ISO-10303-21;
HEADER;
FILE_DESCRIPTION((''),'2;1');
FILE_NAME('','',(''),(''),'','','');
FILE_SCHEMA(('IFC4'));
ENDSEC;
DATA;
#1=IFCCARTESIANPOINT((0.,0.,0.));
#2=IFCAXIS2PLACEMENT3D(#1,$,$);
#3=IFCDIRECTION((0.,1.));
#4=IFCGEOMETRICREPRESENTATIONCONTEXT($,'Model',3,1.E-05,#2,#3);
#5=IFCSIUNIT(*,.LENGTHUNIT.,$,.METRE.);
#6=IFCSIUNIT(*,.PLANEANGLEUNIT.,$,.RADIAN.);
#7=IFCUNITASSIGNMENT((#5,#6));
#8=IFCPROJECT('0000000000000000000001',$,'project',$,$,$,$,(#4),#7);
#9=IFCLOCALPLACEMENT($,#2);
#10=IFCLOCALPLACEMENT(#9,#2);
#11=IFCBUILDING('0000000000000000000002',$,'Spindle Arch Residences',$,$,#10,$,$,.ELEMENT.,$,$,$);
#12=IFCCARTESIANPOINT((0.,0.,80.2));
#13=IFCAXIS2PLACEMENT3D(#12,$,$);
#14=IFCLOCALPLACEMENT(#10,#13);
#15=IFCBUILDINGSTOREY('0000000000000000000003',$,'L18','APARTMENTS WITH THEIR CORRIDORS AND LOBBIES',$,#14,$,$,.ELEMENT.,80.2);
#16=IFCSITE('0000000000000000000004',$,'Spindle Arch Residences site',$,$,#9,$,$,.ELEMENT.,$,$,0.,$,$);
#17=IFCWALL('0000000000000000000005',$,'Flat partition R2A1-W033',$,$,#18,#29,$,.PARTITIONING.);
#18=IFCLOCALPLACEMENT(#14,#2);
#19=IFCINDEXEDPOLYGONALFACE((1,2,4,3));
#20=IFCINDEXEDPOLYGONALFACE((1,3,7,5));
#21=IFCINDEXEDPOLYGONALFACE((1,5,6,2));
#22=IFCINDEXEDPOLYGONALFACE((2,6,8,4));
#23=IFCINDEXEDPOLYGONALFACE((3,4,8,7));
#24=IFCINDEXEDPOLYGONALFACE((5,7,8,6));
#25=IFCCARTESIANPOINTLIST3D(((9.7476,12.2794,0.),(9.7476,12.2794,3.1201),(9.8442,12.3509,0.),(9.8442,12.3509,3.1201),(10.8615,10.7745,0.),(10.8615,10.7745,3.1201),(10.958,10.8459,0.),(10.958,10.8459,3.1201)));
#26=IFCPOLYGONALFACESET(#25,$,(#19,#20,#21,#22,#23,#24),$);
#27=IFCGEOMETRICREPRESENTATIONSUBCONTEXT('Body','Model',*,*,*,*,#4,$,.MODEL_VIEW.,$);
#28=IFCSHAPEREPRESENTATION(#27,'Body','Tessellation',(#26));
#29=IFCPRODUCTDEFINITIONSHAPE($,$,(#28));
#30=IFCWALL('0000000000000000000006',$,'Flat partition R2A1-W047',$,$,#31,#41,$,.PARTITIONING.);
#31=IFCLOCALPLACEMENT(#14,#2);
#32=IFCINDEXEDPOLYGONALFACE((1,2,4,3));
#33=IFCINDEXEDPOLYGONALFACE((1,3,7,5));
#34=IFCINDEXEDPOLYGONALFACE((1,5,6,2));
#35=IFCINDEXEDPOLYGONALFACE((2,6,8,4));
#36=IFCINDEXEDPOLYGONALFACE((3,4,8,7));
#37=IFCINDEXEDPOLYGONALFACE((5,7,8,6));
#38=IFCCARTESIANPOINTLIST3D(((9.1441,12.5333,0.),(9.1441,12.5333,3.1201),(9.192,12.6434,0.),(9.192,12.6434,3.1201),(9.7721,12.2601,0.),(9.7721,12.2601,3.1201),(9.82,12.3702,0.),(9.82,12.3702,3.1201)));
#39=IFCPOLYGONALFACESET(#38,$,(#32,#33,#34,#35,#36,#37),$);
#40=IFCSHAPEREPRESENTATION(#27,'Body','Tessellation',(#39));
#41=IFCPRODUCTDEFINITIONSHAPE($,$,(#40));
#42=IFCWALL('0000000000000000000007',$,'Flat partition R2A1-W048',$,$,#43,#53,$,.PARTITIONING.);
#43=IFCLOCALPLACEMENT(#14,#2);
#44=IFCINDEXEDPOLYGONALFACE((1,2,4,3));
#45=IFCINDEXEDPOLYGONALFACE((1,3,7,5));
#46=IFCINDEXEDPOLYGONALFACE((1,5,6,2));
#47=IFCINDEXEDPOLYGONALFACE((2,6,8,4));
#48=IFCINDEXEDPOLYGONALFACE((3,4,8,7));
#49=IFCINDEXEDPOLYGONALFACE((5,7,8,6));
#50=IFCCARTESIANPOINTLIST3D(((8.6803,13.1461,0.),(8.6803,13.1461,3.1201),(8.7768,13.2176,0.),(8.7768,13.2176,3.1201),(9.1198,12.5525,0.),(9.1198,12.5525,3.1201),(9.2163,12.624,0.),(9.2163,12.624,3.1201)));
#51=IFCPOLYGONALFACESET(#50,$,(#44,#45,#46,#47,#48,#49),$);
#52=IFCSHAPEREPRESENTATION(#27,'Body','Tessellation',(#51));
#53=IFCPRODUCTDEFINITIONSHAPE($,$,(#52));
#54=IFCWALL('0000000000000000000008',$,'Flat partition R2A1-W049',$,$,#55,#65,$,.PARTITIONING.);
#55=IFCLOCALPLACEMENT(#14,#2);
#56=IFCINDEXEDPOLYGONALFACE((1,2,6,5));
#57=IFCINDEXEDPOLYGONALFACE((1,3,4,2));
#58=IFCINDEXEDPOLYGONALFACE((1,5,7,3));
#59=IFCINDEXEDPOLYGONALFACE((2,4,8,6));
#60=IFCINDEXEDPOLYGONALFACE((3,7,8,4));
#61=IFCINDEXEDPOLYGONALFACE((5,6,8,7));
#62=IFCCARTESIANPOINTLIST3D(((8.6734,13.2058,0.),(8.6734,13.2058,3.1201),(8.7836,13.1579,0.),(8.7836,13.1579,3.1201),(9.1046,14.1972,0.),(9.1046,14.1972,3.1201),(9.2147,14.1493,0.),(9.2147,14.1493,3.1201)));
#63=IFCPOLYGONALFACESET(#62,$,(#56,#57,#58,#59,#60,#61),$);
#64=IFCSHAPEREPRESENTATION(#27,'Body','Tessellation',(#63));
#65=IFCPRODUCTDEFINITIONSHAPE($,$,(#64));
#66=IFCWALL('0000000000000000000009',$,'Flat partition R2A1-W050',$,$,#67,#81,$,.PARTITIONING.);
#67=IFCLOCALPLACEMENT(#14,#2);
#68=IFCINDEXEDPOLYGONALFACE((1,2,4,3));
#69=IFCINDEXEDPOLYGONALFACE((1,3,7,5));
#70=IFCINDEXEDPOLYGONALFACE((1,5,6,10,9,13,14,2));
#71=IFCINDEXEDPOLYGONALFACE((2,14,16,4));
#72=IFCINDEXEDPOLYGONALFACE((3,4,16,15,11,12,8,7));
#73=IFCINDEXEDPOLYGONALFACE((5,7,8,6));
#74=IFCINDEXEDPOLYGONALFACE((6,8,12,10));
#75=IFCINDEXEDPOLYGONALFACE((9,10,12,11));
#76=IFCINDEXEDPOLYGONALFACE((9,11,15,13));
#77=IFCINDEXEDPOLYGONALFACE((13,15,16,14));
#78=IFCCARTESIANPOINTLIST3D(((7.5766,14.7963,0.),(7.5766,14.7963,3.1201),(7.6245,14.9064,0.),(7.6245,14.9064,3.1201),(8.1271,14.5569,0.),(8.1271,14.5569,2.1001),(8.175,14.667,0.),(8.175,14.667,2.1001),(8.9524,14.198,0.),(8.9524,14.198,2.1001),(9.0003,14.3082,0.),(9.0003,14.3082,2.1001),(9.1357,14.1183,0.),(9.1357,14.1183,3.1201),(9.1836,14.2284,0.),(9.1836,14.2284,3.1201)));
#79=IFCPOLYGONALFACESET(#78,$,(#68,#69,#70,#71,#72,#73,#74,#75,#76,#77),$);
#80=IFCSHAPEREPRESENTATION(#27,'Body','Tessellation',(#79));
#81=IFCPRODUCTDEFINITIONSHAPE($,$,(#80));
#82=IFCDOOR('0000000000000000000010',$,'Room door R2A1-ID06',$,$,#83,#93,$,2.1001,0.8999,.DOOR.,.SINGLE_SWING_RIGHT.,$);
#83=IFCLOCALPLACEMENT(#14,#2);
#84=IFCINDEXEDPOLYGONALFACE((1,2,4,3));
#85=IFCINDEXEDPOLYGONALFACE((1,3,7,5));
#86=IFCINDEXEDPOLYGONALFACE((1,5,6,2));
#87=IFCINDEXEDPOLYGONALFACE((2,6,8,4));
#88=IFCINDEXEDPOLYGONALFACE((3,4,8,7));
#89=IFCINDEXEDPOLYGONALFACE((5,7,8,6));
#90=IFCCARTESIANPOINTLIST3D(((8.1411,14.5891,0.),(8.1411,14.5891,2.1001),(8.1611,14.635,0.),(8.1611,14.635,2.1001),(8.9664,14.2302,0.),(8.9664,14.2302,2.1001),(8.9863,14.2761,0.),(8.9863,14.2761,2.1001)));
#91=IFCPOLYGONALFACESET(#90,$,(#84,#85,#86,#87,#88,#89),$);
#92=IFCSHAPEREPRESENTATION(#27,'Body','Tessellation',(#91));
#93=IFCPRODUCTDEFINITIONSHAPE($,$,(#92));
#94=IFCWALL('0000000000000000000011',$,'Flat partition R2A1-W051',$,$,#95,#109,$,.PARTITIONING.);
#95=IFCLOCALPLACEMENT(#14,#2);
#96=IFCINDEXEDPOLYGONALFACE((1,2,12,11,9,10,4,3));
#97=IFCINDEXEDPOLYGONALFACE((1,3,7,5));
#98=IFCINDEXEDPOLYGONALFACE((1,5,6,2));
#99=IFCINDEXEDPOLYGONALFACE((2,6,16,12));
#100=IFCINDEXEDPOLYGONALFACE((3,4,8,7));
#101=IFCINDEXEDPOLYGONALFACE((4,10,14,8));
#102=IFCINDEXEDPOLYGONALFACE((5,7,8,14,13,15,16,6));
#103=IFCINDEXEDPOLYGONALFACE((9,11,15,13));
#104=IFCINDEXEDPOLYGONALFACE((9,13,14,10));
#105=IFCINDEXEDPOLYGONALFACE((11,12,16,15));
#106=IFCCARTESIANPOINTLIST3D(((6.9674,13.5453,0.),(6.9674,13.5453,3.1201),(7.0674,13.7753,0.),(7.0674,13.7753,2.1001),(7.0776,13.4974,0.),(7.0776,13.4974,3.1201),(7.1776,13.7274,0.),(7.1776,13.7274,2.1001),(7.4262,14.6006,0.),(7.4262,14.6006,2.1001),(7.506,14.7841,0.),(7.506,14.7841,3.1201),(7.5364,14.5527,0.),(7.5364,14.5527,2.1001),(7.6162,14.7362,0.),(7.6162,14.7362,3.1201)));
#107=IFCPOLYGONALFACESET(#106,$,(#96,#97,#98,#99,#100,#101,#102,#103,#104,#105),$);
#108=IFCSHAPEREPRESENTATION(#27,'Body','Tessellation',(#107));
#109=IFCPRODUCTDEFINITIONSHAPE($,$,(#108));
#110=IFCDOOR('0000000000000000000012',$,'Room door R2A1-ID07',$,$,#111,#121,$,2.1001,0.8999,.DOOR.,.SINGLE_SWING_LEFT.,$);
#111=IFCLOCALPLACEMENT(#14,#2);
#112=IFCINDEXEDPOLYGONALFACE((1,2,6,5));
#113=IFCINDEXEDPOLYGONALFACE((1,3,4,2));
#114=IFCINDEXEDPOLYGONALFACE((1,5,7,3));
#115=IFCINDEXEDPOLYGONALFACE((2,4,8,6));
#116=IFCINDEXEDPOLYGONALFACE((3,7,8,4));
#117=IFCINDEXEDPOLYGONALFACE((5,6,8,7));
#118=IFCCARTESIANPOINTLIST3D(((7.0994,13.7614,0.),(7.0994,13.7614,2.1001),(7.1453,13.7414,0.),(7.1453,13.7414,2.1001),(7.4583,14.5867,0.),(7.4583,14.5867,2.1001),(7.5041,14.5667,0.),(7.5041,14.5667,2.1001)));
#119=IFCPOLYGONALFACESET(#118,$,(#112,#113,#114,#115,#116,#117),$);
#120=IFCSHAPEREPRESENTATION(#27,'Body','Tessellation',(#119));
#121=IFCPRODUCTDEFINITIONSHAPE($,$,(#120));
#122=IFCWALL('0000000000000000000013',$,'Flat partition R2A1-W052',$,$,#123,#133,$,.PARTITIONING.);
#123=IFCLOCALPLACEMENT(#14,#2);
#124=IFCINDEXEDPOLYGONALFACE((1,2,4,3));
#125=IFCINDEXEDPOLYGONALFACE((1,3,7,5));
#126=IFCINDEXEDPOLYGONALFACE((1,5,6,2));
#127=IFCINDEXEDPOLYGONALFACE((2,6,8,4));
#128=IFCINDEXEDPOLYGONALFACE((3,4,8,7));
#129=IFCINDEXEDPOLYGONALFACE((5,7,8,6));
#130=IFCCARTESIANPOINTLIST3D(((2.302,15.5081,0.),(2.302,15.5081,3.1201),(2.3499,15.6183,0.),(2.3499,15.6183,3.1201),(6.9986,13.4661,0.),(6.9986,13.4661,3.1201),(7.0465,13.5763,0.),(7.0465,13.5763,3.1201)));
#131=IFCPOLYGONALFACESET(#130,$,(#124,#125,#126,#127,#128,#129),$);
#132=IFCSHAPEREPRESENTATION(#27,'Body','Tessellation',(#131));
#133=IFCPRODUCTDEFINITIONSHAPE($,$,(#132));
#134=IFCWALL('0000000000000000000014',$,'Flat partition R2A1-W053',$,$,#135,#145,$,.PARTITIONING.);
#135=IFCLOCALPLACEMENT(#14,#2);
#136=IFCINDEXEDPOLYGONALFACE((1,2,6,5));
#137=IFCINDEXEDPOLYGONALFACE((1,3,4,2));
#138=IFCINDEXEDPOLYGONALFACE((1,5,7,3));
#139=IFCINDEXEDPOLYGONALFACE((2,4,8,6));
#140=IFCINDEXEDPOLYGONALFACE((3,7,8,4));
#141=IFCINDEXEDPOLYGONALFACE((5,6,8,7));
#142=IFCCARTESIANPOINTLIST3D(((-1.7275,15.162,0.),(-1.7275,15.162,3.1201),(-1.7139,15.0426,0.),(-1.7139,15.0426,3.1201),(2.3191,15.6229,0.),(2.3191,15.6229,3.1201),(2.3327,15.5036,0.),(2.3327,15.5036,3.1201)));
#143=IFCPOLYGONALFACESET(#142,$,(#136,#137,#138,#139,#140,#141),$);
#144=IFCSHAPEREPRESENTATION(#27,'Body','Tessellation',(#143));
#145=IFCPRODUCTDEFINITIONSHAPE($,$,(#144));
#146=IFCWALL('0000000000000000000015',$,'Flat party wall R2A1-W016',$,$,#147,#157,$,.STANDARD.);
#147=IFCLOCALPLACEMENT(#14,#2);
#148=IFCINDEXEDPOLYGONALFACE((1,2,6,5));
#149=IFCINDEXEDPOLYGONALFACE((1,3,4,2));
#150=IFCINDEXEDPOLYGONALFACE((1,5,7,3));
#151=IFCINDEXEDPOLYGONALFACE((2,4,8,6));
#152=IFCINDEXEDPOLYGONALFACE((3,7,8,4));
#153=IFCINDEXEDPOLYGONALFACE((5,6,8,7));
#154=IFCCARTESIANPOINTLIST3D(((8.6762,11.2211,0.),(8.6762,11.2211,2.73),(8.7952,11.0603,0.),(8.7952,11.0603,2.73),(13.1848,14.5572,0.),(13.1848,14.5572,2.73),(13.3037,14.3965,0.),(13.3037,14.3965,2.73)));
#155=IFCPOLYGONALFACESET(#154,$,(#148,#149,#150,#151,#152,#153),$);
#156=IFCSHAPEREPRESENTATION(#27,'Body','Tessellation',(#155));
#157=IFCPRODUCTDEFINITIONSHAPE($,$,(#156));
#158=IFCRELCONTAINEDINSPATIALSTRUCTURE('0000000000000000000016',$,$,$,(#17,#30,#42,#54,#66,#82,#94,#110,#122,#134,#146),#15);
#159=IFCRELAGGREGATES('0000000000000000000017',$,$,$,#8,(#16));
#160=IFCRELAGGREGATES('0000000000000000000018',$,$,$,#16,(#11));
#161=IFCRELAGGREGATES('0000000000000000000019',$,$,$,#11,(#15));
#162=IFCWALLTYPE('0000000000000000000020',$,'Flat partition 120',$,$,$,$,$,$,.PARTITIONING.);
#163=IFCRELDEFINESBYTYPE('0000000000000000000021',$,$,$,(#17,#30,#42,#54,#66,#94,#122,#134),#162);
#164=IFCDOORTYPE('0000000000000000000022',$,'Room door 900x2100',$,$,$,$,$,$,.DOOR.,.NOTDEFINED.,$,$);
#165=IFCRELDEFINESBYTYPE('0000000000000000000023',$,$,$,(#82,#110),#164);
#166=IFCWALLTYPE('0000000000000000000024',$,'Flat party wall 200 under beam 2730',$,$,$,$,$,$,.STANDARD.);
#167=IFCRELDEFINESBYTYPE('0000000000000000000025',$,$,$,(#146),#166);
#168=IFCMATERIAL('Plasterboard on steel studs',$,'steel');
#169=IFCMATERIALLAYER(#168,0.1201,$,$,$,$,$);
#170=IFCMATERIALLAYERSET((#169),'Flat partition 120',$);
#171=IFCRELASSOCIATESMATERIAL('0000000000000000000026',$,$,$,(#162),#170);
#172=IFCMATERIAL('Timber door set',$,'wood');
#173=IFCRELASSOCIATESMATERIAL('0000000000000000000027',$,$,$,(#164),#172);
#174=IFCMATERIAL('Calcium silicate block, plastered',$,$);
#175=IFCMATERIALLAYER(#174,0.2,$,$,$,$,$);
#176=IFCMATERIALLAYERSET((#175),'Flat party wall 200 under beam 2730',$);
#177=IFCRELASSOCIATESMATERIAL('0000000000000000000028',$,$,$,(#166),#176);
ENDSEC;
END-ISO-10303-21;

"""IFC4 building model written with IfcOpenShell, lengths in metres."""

from ifc_helpers import new_model, si_unit, direction, frame, frame_2d, origin, place, context, subcontext, project, spatial, rectangle, extrude, material, layer, layer_set, type_object, element, fill, save


model = new_model("IFC4")

# Units and contexts
model_context = context("Model", 3, precision=1e-05, world=origin(), true_north=direction((0.0, 1.0)))
body_context = subcontext(model_context, "Body", "Model", "MODEL_VIEW")
ifc_project = project(units=[si_unit("LENGTHUNIT", "METRE"), si_unit("PLANEANGLEUNIT", "RADIAN")], contexts=[model_context])

# Site, building, storey
site_placement = place(None, origin())
site = spatial("IfcSite", under=ifc_project, at=site_placement, Name="Spindle Arch Residences site", CompositionType="ELEMENT", RefElevation=0.0)
building_placement = place(site_placement, origin())
building = spatial("IfcBuilding", under=site, at=building_placement, Name="Spindle Arch Residences", CompositionType="ELEMENT")
storey_placement = place(building_placement, frame((0.0, 0.0, 80.2)))
storey = spatial("IfcBuildingStorey", under=building, at=storey_placement, Name="L18", Description="APARTMENTS WITH THEIR CORRIDORS AND LOBBIES", CompositionType="ELEMENT", Elevation=80.2)

# Walls
ifc_material_1 = material(Name="Plasterboard on steel studs", Category="steel")
ifc_layer_1 = layer(ifc_material_1, 0.1201)
ifc_layer_set_1 = layer_set([ifc_layer_1], Name="Flat partition 120")
wall_type_1 = type_object("IfcWallType", Name="Flat partition 120", PredefinedType="PARTITIONING", material=ifc_layer_set_1)
wall_1_placement = place(storey_placement, frame((10.9097, 10.8103, 0.0), z_axis=(0.0, 0.0, 1.0), x_axis=(-0.594897, 0.803802, 0.0)))
element("IfcWall", 1, at=wall_1_placement, inside=storey, type_object=wall_type_1, Name="Flat partition R2A1-W033", PredefinedType="PARTITIONING", context=body_context, shape_type="SweptSolid", body=[
    extrude(rectangle(XDim=1.8723, YDim=0.1201, at=frame_2d((0.936, 0.0))), origin(), (0.0, 0.0, 1.0), 3.1201),
])
wall_2_placement = place(storey_placement, frame((9.7959, 12.3152, 0.0), z_axis=(0.0, 0.0, 1.0), x_axis=(-0.916974, 0.398948, 0.0)))
element("IfcWall", 2, at=wall_2_placement, inside=storey, type_object=wall_type_1, Name="Flat partition R2A1-W047", PredefinedType="PARTITIONING", context=body_context, shape_type="SweptSolid", body=[
    extrude(rectangle(XDim=0.6848, YDim=0.1201, at=frame_2d((0.3423, 0.0))), origin(), (0.0, 0.0, 1.0), 3.1201),
])
wall_3_placement = place(storey_placement, frame((9.168, 12.5884, 0.0), z_axis=(0.0, 0.0, 1.0), x_axis=(-0.595069, 0.803674, 0.0)))
element("IfcWall", 3, at=wall_3_placement, inside=storey, type_object=wall_type_1, Name="Flat partition R2A1-W048", PredefinedType="PARTITIONING", context=body_context, shape_type="SweptSolid", body=[
    extrude(rectangle(XDim=0.7385, YDim=0.1201, at=frame_2d((0.3691, 0.0))), origin(), (0.0, 0.0, 1.0), 3.1201),
])
wall_4_placement = place(storey_placement, frame((8.7285, 13.1819, 0.0), z_axis=(0.0, 0.0, 1.0), x_axis=(0.398792, 0.917041, 0.0)))
element("IfcWall", 4, at=wall_4_placement, inside=storey, type_object=wall_type_1, Name="Flat partition R2A1-W049", PredefinedType="PARTITIONING", context=body_context, shape_type="SweptSolid", body=[
    extrude(rectangle(XDim=1.0811, YDim=0.1201, at=frame_2d((0.5405, 0.0))), origin(), (0.0, 0.0, 1.0), 3.1201),
])

# Walls, openings, doors
wall_5_placement = place(storey_placement, frame((9.1597, 14.1733, 0.0), z_axis=(0.0, 0.0, 1.0), x_axis=(-0.917045, 0.398784, 0.0)))
wall_5 = element("IfcWall", 5, at=wall_5_placement, inside=storey, type_object=wall_type_1, Name="Flat partition R2A1-W050", PredefinedType="PARTITIONING", context=body_context, shape_type="SweptSolid", body=[
    extrude(rectangle(XDim=1.7002, YDim=0.1201, at=frame_2d((0.8501, 0.0))), origin(), (0.0, 0.0, 1.0), 3.1201),
])
opening_1_placement = place(wall_5_placement, frame((0.2, 0.0, 0.0)))
opening_1 = element("IfcOpeningElement", 6, at=opening_1_placement, cuts=wall_5, PredefinedType="OPENING", context=body_context, shape_type="SweptSolid", body=[
    extrude(rectangle(XDim=0.8999, YDim=2.1001, at=frame_2d((0.45, 1.05))), frame((0.0, 0.0701, 0.0), z_axis=(0.0, -1.0, 0.0), x_axis=(1.0, 0.0, 0.0)), (0.0, 0.0, 1.0), 0.1401),
])
ifc_material_2 = material(Name="Timber door set", Category="wood")
door_type_1 = type_object("IfcDoorType", Name="Room door 900x2100", OperationType="NOTDEFINED", PredefinedType="DOOR", material=ifc_material_2)
door_1_placement = place(opening_1_placement, origin())
door_1 = element("IfcDoor", 7, at=door_1_placement, inside=storey, type_object=door_type_1, Name="Room door R2A1-ID06", OperationType="SINGLE_SWING_RIGHT", OverallHeight=2.1001, OverallWidth=0.8999, PredefinedType="DOOR", context=body_context, shape_type="SweptSolid", body=[
    extrude(rectangle(XDim=0.8999, YDim=2.1001, at=frame_2d((0.45, 1.05))), frame((0.0, 0.0249, 0.0), z_axis=(0.0, -1.0, 0.0), x_axis=(1.0, 0.0, 0.0)), (0.0, 0.0, 1.0), 0.05),
])
fill(opening_1, door_1)
wall_6_placement = place(storey_placement, frame((7.561, 14.76, 0.0), z_axis=(0.0, 0.0, 1.0), x_axis=(-0.398713, -0.917076, 0.0)))
wall_6 = element("IfcWall", 8, at=wall_6_placement, inside=storey, type_object=wall_type_1, Name="Flat partition R2A1-W051", PredefinedType="PARTITIONING", context=body_context, shape_type="SweptSolid", body=[
    extrude(rectangle(XDim=1.3508, YDim=0.1201, at=frame_2d((0.6753, 0.0))), origin(), (0.0, 0.0, 1.0), 3.1201),
])
opening_2_placement = place(wall_6_placement, frame((0.2, 0.0, 0.0)))
opening_2 = element("IfcOpeningElement", 9, at=opening_2_placement, cuts=wall_6, PredefinedType="OPENING", context=body_context, shape_type="SweptSolid", body=[
    extrude(rectangle(XDim=0.8999, YDim=2.1001, at=frame_2d((0.45, 1.05))), frame((0.0, 0.0701, 0.0), z_axis=(0.0, -1.0, 0.0), x_axis=(1.0, 0.0, 0.0)), (0.0, 0.0, 1.0), 0.1401),
])
door_2_placement = place(opening_2_placement, origin())
door_2 = element("IfcDoor", 10, at=door_2_placement, inside=storey, type_object=door_type_1, Name="Room door R2A1-ID07", OperationType="SINGLE_SWING_LEFT", OverallHeight=2.1001, OverallWidth=0.8999, PredefinedType="DOOR", context=body_context, shape_type="SweptSolid", body=[
    extrude(rectangle(XDim=0.8999, YDim=2.1001, at=frame_2d((0.45, 1.05))), frame((0.0, 0.0249, 0.0), z_axis=(0.0, -1.0, 0.0), x_axis=(1.0, 0.0, 0.0)), (0.0, 0.0, 1.0), 0.05),
])
fill(opening_2, door_2)

# Walls
wall_7_placement = place(storey_placement, frame((7.0225, 13.5212, 0.0), z_axis=(0.0, 0.0, 1.0), x_axis=(-0.917069, 0.39873, 0.0)))
element("IfcWall", 11, at=wall_7_placement, inside=storey, type_object=wall_type_1, Name="Flat partition R2A1-W052", PredefinedType="PARTITIONING", context=body_context, shape_type="SweptSolid", body=[
    extrude(rectangle(XDim=5.1213, YDim=0.1201, at=frame_2d((2.5605, 0.0))), origin(), (0.0, 0.0, 1.0), 3.1201),
])
wall_8_placement = place(storey_placement, frame((2.3259, 15.5632, 0.0), z_axis=(0.0, 0.0, 1.0), x_axis=(-0.993575, -0.113175, 0.0)))
element("IfcWall", 12, at=wall_8_placement, inside=storey, type_object=wall_type_1, Name="Flat partition R2A1-W053", PredefinedType="PARTITIONING", context=body_context, shape_type="SweptSolid", body=[
    extrude(rectangle(XDim=4.0728, YDim=0.1201, at=frame_2d((2.0364, 0.0))), origin(), (0.0, 0.0, 1.0), 3.1201),
])
ifc_material_3 = material(Name="Calcium silicate block, plastered")
ifc_layer_2 = layer(ifc_material_3, 0.2)
ifc_layer_set_2 = layer_set([ifc_layer_2], Name="Flat party wall 200 under beam 2730")
wall_type_2 = type_object("IfcWallType", Name="Flat party wall 200 under beam 2730", PredefinedType="STANDARD", material=ifc_layer_set_2)
wall_9_placement = place(storey_placement, frame((13.2441, 14.4768, 0.0), z_axis=(0.0, 0.0, 1.0), x_axis=(-0.803854, -0.594827, 0.0)))
element("IfcWall", 13, at=wall_9_placement, inside=storey, type_object=wall_type_2, Name="Flat party wall R2A1-W016", PredefinedType="STANDARD", context=body_context, shape_type="SweptSolid", body=[
    extrude(rectangle(XDim=5.6086, YDim=0.2, at=frame_2d((2.8042, 0.0))), origin(), (0.0, 0.0, 1.0), 2.73),
])

save(model, "model.ifc")
